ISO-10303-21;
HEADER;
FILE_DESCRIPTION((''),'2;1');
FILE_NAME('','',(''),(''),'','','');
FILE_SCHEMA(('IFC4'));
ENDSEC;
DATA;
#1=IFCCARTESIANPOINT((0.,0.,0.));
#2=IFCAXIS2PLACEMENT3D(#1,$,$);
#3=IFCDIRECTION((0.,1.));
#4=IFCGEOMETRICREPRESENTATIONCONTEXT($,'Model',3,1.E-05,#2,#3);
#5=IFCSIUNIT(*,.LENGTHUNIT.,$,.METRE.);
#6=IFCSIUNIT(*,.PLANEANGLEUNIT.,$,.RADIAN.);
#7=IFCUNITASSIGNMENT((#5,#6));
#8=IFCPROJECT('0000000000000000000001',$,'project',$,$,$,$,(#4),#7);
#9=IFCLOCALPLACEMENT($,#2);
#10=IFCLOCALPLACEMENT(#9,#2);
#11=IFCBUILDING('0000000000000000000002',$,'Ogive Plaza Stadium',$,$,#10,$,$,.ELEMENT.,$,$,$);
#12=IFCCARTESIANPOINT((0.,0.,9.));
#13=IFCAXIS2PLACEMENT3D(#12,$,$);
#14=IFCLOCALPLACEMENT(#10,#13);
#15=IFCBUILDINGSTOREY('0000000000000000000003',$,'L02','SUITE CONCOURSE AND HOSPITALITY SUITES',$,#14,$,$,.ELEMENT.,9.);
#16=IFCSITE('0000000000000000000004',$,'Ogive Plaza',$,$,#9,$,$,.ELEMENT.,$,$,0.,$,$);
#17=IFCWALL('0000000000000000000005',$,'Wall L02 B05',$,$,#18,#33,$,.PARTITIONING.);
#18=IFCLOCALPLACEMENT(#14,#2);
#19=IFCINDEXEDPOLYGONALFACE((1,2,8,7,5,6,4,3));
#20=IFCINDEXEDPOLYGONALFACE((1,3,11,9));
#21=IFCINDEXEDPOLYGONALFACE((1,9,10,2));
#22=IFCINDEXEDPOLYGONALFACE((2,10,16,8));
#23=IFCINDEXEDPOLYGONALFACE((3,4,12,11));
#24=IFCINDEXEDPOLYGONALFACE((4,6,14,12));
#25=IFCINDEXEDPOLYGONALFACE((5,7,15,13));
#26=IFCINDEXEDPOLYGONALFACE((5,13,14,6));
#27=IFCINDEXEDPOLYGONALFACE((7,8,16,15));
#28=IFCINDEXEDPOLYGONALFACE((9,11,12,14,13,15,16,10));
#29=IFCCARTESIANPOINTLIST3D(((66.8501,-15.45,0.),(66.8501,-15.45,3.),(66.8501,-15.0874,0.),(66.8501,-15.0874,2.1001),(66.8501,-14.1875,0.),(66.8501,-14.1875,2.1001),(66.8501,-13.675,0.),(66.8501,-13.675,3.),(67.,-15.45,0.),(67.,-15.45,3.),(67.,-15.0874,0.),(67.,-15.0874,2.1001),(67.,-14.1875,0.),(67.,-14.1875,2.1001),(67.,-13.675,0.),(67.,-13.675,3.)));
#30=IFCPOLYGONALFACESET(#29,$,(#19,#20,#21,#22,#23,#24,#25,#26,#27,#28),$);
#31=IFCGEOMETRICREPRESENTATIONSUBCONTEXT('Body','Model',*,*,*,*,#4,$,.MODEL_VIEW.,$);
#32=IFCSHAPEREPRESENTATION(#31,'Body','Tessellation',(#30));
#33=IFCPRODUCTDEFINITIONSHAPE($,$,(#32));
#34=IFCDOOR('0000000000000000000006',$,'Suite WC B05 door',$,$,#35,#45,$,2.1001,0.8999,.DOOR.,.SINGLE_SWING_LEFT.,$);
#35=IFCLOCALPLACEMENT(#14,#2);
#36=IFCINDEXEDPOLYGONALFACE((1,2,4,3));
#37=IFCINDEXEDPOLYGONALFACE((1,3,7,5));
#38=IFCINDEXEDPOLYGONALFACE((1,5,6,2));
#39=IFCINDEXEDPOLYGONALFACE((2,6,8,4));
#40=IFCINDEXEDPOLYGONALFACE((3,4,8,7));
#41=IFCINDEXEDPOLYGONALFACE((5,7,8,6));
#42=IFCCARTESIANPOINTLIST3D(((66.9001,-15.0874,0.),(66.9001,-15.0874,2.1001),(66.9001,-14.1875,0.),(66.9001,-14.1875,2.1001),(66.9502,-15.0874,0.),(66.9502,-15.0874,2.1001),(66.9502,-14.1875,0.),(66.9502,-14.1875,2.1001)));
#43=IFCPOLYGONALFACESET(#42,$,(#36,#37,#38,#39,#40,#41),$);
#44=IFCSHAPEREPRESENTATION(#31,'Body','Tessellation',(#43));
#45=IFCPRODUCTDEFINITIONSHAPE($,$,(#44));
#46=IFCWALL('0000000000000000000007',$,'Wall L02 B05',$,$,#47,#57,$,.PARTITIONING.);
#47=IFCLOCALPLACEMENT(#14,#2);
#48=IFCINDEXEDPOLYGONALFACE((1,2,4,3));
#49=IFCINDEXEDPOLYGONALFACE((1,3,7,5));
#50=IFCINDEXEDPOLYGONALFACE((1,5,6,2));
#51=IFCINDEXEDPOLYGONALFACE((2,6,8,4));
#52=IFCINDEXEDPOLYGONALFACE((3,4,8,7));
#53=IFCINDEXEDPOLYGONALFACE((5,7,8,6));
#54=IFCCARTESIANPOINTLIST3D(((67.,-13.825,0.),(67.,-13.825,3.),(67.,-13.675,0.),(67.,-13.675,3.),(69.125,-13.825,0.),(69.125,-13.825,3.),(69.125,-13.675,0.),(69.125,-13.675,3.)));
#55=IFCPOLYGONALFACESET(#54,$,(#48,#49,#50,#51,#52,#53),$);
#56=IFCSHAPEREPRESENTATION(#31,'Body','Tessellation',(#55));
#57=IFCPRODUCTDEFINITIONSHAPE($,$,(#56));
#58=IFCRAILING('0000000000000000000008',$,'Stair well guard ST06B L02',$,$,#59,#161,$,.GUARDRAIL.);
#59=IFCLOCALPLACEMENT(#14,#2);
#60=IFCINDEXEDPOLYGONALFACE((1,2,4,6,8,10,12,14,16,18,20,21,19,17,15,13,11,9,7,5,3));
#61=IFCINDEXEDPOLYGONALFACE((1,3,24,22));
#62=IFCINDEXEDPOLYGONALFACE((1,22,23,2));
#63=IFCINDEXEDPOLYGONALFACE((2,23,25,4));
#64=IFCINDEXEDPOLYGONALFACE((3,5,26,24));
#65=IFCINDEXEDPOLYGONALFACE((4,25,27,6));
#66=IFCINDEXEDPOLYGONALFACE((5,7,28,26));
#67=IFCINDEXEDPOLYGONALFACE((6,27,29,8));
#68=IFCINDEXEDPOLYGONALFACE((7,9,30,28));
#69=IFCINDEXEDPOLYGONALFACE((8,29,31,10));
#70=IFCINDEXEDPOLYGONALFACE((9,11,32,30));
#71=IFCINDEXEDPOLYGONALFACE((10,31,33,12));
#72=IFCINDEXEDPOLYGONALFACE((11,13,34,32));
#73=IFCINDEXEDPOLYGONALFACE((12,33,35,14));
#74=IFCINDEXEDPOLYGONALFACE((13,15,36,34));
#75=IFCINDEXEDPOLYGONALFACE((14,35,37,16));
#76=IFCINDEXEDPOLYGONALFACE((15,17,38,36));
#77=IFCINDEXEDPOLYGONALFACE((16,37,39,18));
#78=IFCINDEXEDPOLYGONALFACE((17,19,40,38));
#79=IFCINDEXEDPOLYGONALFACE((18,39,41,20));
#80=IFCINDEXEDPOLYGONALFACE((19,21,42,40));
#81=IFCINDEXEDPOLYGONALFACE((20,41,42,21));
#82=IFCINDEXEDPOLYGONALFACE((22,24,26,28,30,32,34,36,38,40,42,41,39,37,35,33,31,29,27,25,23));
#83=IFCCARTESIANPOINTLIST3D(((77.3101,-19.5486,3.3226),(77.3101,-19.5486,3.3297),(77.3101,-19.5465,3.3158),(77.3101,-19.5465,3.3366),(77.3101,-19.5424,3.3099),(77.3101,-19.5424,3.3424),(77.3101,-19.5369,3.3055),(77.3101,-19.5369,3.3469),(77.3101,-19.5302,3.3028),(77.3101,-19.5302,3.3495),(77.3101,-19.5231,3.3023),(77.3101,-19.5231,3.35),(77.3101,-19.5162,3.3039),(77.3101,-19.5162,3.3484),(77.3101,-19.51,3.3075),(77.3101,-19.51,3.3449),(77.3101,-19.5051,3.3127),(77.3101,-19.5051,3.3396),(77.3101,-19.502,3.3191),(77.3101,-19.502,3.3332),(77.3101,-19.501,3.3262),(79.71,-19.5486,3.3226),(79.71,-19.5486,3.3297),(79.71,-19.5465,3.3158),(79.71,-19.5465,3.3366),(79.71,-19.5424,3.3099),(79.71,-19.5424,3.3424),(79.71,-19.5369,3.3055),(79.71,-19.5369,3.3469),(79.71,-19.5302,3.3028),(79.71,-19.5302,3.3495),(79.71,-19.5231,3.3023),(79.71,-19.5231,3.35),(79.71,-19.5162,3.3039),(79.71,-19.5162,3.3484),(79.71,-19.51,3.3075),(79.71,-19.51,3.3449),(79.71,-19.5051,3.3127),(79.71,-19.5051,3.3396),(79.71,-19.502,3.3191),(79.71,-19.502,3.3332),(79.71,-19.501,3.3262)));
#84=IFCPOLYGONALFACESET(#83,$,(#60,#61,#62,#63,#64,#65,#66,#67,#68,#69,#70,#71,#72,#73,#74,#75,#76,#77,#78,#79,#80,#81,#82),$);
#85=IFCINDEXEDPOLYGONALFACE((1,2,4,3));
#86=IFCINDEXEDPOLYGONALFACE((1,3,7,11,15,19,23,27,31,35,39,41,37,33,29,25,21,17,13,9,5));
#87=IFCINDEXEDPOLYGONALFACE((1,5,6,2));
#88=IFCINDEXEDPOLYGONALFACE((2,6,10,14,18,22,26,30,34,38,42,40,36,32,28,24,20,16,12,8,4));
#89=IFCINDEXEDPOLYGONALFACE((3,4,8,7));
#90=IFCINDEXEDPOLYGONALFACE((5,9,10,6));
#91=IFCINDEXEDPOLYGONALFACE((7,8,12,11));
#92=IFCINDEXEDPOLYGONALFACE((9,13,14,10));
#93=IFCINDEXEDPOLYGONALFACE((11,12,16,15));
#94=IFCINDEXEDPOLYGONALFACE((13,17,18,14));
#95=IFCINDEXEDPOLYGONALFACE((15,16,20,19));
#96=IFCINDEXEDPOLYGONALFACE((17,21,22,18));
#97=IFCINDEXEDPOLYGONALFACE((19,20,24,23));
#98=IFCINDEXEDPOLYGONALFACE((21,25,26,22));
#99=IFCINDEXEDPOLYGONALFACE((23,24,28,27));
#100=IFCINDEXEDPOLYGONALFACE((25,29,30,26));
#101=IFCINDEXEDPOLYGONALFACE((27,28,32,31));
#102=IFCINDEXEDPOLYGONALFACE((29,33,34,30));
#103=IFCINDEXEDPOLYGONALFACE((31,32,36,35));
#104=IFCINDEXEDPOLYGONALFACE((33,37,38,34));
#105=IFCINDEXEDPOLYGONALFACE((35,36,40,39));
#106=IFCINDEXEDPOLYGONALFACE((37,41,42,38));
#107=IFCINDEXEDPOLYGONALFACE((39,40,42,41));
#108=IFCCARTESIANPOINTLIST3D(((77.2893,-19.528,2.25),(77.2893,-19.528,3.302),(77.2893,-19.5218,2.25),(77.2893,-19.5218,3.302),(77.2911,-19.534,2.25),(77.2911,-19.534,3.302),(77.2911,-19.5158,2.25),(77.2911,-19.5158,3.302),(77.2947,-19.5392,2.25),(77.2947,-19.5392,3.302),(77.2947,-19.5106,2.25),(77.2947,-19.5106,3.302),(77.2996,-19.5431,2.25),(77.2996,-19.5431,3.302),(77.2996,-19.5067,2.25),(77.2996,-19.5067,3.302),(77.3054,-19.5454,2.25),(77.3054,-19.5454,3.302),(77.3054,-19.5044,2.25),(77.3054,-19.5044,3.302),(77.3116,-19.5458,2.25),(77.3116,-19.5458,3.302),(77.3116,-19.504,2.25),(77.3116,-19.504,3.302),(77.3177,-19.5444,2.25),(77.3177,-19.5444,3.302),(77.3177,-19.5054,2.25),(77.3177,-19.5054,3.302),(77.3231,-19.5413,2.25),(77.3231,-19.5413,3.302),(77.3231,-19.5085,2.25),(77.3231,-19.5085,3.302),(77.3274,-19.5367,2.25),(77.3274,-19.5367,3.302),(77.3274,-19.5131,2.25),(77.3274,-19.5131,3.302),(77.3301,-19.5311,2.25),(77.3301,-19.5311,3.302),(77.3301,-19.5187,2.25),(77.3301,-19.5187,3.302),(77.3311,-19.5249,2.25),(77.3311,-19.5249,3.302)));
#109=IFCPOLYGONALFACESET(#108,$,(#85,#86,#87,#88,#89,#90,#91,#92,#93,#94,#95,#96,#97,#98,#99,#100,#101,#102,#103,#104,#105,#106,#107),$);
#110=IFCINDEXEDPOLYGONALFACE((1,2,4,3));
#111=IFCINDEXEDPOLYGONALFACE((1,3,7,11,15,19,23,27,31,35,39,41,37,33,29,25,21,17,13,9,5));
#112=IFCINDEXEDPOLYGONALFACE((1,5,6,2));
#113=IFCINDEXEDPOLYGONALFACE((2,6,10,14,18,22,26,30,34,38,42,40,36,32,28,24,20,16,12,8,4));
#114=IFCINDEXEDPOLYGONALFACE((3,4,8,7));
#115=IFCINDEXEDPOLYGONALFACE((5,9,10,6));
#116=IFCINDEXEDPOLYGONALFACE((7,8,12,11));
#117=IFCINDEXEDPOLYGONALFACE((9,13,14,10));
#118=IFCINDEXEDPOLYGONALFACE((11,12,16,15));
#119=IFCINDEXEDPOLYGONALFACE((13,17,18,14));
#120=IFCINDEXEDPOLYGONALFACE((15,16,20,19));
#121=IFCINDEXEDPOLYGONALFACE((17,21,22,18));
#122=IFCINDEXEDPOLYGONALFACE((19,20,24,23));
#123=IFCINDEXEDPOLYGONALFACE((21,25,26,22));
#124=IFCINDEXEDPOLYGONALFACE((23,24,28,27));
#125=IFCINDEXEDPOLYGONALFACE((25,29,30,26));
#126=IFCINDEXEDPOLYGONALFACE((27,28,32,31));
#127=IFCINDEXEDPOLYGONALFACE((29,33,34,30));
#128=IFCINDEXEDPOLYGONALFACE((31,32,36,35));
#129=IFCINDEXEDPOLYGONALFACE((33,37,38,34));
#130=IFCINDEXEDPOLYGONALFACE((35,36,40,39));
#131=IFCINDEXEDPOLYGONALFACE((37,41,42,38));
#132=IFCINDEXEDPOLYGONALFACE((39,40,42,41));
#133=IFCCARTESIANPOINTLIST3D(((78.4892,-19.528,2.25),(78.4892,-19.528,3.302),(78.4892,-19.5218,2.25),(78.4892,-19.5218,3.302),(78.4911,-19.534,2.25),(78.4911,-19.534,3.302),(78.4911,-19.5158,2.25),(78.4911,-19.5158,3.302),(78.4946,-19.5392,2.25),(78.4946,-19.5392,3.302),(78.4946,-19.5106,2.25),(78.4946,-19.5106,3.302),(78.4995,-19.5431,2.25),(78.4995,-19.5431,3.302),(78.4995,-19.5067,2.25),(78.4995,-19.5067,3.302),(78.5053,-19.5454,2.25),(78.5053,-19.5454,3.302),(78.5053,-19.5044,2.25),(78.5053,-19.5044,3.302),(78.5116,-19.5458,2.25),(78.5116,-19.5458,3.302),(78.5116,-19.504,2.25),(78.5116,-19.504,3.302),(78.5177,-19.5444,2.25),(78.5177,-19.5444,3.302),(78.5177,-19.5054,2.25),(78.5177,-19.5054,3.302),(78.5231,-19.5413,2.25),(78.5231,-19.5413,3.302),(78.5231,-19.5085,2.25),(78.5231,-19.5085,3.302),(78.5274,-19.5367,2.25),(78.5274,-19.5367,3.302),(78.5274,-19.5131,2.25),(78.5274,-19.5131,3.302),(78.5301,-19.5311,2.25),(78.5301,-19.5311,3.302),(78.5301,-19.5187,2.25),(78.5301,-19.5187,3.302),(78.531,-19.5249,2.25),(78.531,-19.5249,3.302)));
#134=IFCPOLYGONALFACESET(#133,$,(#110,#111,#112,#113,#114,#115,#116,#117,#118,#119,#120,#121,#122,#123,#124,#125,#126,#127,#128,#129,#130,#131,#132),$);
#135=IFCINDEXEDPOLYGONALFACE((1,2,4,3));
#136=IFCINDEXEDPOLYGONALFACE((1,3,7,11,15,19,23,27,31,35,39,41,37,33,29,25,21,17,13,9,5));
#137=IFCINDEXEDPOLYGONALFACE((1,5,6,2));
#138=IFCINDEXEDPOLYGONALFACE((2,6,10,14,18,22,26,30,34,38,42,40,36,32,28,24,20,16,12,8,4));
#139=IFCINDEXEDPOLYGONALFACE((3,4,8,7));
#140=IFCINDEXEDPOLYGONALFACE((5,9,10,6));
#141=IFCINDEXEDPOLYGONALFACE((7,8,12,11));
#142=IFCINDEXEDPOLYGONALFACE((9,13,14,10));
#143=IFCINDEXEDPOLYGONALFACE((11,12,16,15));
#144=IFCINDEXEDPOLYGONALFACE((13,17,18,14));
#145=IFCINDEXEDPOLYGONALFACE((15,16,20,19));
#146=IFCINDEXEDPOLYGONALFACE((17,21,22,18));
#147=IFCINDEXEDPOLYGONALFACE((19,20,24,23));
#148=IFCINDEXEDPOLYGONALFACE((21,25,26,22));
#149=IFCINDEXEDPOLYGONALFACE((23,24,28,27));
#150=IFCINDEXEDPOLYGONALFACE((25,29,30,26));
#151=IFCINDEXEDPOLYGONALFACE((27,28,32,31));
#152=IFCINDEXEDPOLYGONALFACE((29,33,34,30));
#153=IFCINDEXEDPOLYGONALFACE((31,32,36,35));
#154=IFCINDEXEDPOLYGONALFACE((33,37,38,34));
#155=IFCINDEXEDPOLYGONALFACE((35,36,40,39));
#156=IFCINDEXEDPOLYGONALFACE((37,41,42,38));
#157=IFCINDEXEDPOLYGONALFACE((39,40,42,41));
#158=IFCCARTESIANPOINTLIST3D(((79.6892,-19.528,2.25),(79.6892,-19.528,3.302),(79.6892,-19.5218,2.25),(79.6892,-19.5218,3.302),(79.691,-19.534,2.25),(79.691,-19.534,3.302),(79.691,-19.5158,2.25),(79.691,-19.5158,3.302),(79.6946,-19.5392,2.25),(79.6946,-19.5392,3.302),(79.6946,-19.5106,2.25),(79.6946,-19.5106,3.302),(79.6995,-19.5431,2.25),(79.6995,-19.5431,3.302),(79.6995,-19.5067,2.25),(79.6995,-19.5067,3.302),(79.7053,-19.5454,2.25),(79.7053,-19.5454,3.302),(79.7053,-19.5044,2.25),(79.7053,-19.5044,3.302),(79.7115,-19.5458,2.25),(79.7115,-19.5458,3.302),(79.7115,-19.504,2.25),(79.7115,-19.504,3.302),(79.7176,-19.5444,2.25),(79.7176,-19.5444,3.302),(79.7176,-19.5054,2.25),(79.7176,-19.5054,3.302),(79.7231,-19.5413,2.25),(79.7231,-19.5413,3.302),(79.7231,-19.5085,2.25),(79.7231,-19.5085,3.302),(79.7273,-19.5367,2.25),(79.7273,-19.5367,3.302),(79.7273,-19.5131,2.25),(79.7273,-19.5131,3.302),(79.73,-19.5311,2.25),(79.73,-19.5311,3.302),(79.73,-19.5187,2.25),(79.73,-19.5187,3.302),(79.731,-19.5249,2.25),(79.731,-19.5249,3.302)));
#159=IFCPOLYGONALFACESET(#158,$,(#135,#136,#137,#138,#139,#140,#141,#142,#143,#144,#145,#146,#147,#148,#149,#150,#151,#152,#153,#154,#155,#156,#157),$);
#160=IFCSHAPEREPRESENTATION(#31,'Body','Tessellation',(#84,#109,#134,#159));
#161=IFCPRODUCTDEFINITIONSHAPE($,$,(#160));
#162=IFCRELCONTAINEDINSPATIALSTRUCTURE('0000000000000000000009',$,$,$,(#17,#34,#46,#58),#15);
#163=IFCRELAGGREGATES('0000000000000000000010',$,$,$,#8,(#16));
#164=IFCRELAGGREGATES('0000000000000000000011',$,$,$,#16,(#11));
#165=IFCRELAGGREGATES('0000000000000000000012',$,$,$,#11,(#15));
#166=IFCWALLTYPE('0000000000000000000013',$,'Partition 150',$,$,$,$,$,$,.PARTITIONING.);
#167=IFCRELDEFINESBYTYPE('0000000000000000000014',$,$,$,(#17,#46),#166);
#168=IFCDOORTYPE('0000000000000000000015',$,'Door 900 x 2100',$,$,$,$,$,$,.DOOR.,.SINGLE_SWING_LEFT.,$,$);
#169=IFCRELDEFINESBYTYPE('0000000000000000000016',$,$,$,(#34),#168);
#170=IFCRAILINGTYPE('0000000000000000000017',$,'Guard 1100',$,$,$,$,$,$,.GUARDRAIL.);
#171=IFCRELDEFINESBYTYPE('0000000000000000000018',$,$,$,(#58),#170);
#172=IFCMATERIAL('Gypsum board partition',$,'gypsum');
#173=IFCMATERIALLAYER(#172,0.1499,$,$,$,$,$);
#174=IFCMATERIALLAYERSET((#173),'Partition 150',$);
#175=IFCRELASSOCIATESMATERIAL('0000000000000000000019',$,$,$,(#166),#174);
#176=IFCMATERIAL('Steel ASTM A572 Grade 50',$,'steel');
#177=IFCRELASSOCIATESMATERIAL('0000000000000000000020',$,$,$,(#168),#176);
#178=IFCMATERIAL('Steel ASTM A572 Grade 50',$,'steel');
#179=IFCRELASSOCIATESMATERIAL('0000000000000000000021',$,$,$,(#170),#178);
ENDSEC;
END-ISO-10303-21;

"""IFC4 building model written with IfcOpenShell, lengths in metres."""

from ifc_helpers import new_model, si_unit, direction, frame, frame_2d, origin, origin_2d, place, context, subcontext, project, spatial, rectangle, circle, extrude, material, layer, layer_set, type_object, element, fill, save


model = new_model("IFC4")

# Units and contexts
model_context = context("Model", 3, precision=1e-05, world=origin(), true_north=direction((0.0, 1.0)))
body_context = subcontext(model_context, "Body", "Model", "MODEL_VIEW")
ifc_project = project(units=[si_unit("LENGTHUNIT", "METRE"), si_unit("PLANEANGLEUNIT", "RADIAN")], contexts=[model_context])

# Site, building, storey
site_placement = place(None, origin())
site = spatial("IfcSite", under=ifc_project, at=site_placement, Name="Ogive Plaza", CompositionType="ELEMENT", RefElevation=0.0)
building_placement = place(site_placement, origin())
building = spatial("IfcBuilding", under=site, at=building_placement, Name="Ogive Plaza Stadium", CompositionType="ELEMENT")
storey_placement = place(building_placement, frame((0.0, 0.0, 9.0)))
storey = spatial("IfcBuildingStorey", under=building, at=storey_placement, Name="L02", Description="SUITE CONCOURSE AND HOSPITALITY SUITES", CompositionType="ELEMENT", Elevation=9.0)

# Wall, opening, door
ifc_material_1 = material(Name="Gypsum board partition", Category="gypsum")
ifc_layer_1 = layer(ifc_material_1, 0.1499)
ifc_layer_set_1 = layer_set([ifc_layer_1], Name="Partition 150")
wall_type_1 = type_object("IfcWallType", Name="Partition 150", PredefinedType="PARTITIONING", material=ifc_layer_set_1)
wall_1_placement = place(storey_placement, frame((66.925, -15.45, 0.0), z_axis=(0.0, 0.0, 1.0), x_axis=(0.0, 1.0, 0.0)))
wall_1 = element("IfcWall", 1, at=wall_1_placement, inside=storey, type_object=wall_type_1, Name="Wall L02 B05", PredefinedType="PARTITIONING", context=body_context, shape_type="SweptSolid", body=[
    extrude(rectangle(XDim=1.7749, YDim=0.1499, at=frame_2d((0.8875, 0.0))), origin(), (0.0, 0.0, 1.0), 3.0),
])
opening_1_placement = place(wall_1_placement, frame((0.3625, 0.0, 0.0)))
opening_1 = element("IfcOpeningElement", 2, at=opening_1_placement, cuts=wall_1, PredefinedType="OPENING", context=body_context, shape_type="SweptSolid", body=[
    extrude(rectangle(XDim=0.8999, YDim=2.1001, at=frame_2d((0.45, 1.05))), frame((0.0, 0.075, 0.0), z_axis=(0.0, -1.0, 0.0), x_axis=(1.0, 0.0, 0.0)), (0.0, 0.0, 1.0), 0.1499),
])
ifc_material_2 = material(Name="Steel ASTM A572 Grade 50", Category="steel")
door_type_1 = type_object("IfcDoorType", Name="Door 900 x 2100", OperationType="SINGLE_SWING_LEFT", PredefinedType="DOOR", material=ifc_material_2)
door_1_placement = place(opening_1_placement, origin())
door_1 = element("IfcDoor", 3, at=door_1_placement, inside=storey, type_object=door_type_1, Name="Suite WC B05 door", OperationType="SINGLE_SWING_LEFT", OverallHeight=2.1001, OverallWidth=0.8999, PredefinedType="DOOR", context=body_context, shape_type="SweptSolid", body=[
    extrude(rectangle(XDim=0.8999, YDim=2.1001, at=frame_2d((0.45, 1.05))), frame((0.0, 0.0249, 0.0), z_axis=(0.0, -1.0, 0.0), x_axis=(1.0, 0.0, 0.0)), (0.0, 0.0, 1.0), 0.05),
])
fill(opening_1, door_1)

# Wall
wall_2_placement = place(storey_placement, frame((67.0, -13.75, 0.0), z_axis=(0.0, 0.0, 1.0), x_axis=(1.0, 0.0, 0.0)))
element("IfcWall", 4, at=wall_2_placement, inside=storey, type_object=wall_type_1, Name="Wall L02 B05", PredefinedType="PARTITIONING", context=body_context, shape_type="SweptSolid", body=[
    extrude(rectangle(XDim=2.125, YDim=0.1499, at=frame_2d((1.0625, 0.0))), origin(), (0.0, 0.0, 1.0), 3.0),
])

# Railing
ifc_material_3 = material(Name="Steel ASTM A572 Grade 50", Category="steel")
railing_type_1 = type_object("IfcRailingType", Name="Guard 1100", PredefinedType="GUARDRAIL", material=ifc_material_3)
railing_placement = place(storey_placement, frame((77.3101, -19.5249, 2.25)))
element("IfcRailing", 5, at=railing_placement, inside=storey, type_object=railing_type_1, Name="Stair well guard ST06B L02", PredefinedType="GUARDRAIL", context=body_context, shape_type="SweptSolid", body=[
    extrude(circle(Radius=0.0239, at=origin_2d()), frame((0.0, 0.0, 1.0762), z_axis=(1.0, 0.0, 0.0), x_axis=(0.0, 1.0, 0.0)), (0.0, 0.0, 1.0), 2.3999),
    extrude(circle(Radius=0.021, at=origin_2d()), origin(), (0.0, 0.0, 1.0), 1.052),
    extrude(circle(Radius=0.021, at=origin_2d()), frame((1.2, 0.0, 0.0)), (0.0, 0.0, 1.0), 1.052),
    extrude(circle(Radius=0.021, at=origin_2d()), frame((2.3999, 0.0, 0.0)), (0.0, 0.0, 1.0), 1.052),
])

save(model, "model.ifc")
